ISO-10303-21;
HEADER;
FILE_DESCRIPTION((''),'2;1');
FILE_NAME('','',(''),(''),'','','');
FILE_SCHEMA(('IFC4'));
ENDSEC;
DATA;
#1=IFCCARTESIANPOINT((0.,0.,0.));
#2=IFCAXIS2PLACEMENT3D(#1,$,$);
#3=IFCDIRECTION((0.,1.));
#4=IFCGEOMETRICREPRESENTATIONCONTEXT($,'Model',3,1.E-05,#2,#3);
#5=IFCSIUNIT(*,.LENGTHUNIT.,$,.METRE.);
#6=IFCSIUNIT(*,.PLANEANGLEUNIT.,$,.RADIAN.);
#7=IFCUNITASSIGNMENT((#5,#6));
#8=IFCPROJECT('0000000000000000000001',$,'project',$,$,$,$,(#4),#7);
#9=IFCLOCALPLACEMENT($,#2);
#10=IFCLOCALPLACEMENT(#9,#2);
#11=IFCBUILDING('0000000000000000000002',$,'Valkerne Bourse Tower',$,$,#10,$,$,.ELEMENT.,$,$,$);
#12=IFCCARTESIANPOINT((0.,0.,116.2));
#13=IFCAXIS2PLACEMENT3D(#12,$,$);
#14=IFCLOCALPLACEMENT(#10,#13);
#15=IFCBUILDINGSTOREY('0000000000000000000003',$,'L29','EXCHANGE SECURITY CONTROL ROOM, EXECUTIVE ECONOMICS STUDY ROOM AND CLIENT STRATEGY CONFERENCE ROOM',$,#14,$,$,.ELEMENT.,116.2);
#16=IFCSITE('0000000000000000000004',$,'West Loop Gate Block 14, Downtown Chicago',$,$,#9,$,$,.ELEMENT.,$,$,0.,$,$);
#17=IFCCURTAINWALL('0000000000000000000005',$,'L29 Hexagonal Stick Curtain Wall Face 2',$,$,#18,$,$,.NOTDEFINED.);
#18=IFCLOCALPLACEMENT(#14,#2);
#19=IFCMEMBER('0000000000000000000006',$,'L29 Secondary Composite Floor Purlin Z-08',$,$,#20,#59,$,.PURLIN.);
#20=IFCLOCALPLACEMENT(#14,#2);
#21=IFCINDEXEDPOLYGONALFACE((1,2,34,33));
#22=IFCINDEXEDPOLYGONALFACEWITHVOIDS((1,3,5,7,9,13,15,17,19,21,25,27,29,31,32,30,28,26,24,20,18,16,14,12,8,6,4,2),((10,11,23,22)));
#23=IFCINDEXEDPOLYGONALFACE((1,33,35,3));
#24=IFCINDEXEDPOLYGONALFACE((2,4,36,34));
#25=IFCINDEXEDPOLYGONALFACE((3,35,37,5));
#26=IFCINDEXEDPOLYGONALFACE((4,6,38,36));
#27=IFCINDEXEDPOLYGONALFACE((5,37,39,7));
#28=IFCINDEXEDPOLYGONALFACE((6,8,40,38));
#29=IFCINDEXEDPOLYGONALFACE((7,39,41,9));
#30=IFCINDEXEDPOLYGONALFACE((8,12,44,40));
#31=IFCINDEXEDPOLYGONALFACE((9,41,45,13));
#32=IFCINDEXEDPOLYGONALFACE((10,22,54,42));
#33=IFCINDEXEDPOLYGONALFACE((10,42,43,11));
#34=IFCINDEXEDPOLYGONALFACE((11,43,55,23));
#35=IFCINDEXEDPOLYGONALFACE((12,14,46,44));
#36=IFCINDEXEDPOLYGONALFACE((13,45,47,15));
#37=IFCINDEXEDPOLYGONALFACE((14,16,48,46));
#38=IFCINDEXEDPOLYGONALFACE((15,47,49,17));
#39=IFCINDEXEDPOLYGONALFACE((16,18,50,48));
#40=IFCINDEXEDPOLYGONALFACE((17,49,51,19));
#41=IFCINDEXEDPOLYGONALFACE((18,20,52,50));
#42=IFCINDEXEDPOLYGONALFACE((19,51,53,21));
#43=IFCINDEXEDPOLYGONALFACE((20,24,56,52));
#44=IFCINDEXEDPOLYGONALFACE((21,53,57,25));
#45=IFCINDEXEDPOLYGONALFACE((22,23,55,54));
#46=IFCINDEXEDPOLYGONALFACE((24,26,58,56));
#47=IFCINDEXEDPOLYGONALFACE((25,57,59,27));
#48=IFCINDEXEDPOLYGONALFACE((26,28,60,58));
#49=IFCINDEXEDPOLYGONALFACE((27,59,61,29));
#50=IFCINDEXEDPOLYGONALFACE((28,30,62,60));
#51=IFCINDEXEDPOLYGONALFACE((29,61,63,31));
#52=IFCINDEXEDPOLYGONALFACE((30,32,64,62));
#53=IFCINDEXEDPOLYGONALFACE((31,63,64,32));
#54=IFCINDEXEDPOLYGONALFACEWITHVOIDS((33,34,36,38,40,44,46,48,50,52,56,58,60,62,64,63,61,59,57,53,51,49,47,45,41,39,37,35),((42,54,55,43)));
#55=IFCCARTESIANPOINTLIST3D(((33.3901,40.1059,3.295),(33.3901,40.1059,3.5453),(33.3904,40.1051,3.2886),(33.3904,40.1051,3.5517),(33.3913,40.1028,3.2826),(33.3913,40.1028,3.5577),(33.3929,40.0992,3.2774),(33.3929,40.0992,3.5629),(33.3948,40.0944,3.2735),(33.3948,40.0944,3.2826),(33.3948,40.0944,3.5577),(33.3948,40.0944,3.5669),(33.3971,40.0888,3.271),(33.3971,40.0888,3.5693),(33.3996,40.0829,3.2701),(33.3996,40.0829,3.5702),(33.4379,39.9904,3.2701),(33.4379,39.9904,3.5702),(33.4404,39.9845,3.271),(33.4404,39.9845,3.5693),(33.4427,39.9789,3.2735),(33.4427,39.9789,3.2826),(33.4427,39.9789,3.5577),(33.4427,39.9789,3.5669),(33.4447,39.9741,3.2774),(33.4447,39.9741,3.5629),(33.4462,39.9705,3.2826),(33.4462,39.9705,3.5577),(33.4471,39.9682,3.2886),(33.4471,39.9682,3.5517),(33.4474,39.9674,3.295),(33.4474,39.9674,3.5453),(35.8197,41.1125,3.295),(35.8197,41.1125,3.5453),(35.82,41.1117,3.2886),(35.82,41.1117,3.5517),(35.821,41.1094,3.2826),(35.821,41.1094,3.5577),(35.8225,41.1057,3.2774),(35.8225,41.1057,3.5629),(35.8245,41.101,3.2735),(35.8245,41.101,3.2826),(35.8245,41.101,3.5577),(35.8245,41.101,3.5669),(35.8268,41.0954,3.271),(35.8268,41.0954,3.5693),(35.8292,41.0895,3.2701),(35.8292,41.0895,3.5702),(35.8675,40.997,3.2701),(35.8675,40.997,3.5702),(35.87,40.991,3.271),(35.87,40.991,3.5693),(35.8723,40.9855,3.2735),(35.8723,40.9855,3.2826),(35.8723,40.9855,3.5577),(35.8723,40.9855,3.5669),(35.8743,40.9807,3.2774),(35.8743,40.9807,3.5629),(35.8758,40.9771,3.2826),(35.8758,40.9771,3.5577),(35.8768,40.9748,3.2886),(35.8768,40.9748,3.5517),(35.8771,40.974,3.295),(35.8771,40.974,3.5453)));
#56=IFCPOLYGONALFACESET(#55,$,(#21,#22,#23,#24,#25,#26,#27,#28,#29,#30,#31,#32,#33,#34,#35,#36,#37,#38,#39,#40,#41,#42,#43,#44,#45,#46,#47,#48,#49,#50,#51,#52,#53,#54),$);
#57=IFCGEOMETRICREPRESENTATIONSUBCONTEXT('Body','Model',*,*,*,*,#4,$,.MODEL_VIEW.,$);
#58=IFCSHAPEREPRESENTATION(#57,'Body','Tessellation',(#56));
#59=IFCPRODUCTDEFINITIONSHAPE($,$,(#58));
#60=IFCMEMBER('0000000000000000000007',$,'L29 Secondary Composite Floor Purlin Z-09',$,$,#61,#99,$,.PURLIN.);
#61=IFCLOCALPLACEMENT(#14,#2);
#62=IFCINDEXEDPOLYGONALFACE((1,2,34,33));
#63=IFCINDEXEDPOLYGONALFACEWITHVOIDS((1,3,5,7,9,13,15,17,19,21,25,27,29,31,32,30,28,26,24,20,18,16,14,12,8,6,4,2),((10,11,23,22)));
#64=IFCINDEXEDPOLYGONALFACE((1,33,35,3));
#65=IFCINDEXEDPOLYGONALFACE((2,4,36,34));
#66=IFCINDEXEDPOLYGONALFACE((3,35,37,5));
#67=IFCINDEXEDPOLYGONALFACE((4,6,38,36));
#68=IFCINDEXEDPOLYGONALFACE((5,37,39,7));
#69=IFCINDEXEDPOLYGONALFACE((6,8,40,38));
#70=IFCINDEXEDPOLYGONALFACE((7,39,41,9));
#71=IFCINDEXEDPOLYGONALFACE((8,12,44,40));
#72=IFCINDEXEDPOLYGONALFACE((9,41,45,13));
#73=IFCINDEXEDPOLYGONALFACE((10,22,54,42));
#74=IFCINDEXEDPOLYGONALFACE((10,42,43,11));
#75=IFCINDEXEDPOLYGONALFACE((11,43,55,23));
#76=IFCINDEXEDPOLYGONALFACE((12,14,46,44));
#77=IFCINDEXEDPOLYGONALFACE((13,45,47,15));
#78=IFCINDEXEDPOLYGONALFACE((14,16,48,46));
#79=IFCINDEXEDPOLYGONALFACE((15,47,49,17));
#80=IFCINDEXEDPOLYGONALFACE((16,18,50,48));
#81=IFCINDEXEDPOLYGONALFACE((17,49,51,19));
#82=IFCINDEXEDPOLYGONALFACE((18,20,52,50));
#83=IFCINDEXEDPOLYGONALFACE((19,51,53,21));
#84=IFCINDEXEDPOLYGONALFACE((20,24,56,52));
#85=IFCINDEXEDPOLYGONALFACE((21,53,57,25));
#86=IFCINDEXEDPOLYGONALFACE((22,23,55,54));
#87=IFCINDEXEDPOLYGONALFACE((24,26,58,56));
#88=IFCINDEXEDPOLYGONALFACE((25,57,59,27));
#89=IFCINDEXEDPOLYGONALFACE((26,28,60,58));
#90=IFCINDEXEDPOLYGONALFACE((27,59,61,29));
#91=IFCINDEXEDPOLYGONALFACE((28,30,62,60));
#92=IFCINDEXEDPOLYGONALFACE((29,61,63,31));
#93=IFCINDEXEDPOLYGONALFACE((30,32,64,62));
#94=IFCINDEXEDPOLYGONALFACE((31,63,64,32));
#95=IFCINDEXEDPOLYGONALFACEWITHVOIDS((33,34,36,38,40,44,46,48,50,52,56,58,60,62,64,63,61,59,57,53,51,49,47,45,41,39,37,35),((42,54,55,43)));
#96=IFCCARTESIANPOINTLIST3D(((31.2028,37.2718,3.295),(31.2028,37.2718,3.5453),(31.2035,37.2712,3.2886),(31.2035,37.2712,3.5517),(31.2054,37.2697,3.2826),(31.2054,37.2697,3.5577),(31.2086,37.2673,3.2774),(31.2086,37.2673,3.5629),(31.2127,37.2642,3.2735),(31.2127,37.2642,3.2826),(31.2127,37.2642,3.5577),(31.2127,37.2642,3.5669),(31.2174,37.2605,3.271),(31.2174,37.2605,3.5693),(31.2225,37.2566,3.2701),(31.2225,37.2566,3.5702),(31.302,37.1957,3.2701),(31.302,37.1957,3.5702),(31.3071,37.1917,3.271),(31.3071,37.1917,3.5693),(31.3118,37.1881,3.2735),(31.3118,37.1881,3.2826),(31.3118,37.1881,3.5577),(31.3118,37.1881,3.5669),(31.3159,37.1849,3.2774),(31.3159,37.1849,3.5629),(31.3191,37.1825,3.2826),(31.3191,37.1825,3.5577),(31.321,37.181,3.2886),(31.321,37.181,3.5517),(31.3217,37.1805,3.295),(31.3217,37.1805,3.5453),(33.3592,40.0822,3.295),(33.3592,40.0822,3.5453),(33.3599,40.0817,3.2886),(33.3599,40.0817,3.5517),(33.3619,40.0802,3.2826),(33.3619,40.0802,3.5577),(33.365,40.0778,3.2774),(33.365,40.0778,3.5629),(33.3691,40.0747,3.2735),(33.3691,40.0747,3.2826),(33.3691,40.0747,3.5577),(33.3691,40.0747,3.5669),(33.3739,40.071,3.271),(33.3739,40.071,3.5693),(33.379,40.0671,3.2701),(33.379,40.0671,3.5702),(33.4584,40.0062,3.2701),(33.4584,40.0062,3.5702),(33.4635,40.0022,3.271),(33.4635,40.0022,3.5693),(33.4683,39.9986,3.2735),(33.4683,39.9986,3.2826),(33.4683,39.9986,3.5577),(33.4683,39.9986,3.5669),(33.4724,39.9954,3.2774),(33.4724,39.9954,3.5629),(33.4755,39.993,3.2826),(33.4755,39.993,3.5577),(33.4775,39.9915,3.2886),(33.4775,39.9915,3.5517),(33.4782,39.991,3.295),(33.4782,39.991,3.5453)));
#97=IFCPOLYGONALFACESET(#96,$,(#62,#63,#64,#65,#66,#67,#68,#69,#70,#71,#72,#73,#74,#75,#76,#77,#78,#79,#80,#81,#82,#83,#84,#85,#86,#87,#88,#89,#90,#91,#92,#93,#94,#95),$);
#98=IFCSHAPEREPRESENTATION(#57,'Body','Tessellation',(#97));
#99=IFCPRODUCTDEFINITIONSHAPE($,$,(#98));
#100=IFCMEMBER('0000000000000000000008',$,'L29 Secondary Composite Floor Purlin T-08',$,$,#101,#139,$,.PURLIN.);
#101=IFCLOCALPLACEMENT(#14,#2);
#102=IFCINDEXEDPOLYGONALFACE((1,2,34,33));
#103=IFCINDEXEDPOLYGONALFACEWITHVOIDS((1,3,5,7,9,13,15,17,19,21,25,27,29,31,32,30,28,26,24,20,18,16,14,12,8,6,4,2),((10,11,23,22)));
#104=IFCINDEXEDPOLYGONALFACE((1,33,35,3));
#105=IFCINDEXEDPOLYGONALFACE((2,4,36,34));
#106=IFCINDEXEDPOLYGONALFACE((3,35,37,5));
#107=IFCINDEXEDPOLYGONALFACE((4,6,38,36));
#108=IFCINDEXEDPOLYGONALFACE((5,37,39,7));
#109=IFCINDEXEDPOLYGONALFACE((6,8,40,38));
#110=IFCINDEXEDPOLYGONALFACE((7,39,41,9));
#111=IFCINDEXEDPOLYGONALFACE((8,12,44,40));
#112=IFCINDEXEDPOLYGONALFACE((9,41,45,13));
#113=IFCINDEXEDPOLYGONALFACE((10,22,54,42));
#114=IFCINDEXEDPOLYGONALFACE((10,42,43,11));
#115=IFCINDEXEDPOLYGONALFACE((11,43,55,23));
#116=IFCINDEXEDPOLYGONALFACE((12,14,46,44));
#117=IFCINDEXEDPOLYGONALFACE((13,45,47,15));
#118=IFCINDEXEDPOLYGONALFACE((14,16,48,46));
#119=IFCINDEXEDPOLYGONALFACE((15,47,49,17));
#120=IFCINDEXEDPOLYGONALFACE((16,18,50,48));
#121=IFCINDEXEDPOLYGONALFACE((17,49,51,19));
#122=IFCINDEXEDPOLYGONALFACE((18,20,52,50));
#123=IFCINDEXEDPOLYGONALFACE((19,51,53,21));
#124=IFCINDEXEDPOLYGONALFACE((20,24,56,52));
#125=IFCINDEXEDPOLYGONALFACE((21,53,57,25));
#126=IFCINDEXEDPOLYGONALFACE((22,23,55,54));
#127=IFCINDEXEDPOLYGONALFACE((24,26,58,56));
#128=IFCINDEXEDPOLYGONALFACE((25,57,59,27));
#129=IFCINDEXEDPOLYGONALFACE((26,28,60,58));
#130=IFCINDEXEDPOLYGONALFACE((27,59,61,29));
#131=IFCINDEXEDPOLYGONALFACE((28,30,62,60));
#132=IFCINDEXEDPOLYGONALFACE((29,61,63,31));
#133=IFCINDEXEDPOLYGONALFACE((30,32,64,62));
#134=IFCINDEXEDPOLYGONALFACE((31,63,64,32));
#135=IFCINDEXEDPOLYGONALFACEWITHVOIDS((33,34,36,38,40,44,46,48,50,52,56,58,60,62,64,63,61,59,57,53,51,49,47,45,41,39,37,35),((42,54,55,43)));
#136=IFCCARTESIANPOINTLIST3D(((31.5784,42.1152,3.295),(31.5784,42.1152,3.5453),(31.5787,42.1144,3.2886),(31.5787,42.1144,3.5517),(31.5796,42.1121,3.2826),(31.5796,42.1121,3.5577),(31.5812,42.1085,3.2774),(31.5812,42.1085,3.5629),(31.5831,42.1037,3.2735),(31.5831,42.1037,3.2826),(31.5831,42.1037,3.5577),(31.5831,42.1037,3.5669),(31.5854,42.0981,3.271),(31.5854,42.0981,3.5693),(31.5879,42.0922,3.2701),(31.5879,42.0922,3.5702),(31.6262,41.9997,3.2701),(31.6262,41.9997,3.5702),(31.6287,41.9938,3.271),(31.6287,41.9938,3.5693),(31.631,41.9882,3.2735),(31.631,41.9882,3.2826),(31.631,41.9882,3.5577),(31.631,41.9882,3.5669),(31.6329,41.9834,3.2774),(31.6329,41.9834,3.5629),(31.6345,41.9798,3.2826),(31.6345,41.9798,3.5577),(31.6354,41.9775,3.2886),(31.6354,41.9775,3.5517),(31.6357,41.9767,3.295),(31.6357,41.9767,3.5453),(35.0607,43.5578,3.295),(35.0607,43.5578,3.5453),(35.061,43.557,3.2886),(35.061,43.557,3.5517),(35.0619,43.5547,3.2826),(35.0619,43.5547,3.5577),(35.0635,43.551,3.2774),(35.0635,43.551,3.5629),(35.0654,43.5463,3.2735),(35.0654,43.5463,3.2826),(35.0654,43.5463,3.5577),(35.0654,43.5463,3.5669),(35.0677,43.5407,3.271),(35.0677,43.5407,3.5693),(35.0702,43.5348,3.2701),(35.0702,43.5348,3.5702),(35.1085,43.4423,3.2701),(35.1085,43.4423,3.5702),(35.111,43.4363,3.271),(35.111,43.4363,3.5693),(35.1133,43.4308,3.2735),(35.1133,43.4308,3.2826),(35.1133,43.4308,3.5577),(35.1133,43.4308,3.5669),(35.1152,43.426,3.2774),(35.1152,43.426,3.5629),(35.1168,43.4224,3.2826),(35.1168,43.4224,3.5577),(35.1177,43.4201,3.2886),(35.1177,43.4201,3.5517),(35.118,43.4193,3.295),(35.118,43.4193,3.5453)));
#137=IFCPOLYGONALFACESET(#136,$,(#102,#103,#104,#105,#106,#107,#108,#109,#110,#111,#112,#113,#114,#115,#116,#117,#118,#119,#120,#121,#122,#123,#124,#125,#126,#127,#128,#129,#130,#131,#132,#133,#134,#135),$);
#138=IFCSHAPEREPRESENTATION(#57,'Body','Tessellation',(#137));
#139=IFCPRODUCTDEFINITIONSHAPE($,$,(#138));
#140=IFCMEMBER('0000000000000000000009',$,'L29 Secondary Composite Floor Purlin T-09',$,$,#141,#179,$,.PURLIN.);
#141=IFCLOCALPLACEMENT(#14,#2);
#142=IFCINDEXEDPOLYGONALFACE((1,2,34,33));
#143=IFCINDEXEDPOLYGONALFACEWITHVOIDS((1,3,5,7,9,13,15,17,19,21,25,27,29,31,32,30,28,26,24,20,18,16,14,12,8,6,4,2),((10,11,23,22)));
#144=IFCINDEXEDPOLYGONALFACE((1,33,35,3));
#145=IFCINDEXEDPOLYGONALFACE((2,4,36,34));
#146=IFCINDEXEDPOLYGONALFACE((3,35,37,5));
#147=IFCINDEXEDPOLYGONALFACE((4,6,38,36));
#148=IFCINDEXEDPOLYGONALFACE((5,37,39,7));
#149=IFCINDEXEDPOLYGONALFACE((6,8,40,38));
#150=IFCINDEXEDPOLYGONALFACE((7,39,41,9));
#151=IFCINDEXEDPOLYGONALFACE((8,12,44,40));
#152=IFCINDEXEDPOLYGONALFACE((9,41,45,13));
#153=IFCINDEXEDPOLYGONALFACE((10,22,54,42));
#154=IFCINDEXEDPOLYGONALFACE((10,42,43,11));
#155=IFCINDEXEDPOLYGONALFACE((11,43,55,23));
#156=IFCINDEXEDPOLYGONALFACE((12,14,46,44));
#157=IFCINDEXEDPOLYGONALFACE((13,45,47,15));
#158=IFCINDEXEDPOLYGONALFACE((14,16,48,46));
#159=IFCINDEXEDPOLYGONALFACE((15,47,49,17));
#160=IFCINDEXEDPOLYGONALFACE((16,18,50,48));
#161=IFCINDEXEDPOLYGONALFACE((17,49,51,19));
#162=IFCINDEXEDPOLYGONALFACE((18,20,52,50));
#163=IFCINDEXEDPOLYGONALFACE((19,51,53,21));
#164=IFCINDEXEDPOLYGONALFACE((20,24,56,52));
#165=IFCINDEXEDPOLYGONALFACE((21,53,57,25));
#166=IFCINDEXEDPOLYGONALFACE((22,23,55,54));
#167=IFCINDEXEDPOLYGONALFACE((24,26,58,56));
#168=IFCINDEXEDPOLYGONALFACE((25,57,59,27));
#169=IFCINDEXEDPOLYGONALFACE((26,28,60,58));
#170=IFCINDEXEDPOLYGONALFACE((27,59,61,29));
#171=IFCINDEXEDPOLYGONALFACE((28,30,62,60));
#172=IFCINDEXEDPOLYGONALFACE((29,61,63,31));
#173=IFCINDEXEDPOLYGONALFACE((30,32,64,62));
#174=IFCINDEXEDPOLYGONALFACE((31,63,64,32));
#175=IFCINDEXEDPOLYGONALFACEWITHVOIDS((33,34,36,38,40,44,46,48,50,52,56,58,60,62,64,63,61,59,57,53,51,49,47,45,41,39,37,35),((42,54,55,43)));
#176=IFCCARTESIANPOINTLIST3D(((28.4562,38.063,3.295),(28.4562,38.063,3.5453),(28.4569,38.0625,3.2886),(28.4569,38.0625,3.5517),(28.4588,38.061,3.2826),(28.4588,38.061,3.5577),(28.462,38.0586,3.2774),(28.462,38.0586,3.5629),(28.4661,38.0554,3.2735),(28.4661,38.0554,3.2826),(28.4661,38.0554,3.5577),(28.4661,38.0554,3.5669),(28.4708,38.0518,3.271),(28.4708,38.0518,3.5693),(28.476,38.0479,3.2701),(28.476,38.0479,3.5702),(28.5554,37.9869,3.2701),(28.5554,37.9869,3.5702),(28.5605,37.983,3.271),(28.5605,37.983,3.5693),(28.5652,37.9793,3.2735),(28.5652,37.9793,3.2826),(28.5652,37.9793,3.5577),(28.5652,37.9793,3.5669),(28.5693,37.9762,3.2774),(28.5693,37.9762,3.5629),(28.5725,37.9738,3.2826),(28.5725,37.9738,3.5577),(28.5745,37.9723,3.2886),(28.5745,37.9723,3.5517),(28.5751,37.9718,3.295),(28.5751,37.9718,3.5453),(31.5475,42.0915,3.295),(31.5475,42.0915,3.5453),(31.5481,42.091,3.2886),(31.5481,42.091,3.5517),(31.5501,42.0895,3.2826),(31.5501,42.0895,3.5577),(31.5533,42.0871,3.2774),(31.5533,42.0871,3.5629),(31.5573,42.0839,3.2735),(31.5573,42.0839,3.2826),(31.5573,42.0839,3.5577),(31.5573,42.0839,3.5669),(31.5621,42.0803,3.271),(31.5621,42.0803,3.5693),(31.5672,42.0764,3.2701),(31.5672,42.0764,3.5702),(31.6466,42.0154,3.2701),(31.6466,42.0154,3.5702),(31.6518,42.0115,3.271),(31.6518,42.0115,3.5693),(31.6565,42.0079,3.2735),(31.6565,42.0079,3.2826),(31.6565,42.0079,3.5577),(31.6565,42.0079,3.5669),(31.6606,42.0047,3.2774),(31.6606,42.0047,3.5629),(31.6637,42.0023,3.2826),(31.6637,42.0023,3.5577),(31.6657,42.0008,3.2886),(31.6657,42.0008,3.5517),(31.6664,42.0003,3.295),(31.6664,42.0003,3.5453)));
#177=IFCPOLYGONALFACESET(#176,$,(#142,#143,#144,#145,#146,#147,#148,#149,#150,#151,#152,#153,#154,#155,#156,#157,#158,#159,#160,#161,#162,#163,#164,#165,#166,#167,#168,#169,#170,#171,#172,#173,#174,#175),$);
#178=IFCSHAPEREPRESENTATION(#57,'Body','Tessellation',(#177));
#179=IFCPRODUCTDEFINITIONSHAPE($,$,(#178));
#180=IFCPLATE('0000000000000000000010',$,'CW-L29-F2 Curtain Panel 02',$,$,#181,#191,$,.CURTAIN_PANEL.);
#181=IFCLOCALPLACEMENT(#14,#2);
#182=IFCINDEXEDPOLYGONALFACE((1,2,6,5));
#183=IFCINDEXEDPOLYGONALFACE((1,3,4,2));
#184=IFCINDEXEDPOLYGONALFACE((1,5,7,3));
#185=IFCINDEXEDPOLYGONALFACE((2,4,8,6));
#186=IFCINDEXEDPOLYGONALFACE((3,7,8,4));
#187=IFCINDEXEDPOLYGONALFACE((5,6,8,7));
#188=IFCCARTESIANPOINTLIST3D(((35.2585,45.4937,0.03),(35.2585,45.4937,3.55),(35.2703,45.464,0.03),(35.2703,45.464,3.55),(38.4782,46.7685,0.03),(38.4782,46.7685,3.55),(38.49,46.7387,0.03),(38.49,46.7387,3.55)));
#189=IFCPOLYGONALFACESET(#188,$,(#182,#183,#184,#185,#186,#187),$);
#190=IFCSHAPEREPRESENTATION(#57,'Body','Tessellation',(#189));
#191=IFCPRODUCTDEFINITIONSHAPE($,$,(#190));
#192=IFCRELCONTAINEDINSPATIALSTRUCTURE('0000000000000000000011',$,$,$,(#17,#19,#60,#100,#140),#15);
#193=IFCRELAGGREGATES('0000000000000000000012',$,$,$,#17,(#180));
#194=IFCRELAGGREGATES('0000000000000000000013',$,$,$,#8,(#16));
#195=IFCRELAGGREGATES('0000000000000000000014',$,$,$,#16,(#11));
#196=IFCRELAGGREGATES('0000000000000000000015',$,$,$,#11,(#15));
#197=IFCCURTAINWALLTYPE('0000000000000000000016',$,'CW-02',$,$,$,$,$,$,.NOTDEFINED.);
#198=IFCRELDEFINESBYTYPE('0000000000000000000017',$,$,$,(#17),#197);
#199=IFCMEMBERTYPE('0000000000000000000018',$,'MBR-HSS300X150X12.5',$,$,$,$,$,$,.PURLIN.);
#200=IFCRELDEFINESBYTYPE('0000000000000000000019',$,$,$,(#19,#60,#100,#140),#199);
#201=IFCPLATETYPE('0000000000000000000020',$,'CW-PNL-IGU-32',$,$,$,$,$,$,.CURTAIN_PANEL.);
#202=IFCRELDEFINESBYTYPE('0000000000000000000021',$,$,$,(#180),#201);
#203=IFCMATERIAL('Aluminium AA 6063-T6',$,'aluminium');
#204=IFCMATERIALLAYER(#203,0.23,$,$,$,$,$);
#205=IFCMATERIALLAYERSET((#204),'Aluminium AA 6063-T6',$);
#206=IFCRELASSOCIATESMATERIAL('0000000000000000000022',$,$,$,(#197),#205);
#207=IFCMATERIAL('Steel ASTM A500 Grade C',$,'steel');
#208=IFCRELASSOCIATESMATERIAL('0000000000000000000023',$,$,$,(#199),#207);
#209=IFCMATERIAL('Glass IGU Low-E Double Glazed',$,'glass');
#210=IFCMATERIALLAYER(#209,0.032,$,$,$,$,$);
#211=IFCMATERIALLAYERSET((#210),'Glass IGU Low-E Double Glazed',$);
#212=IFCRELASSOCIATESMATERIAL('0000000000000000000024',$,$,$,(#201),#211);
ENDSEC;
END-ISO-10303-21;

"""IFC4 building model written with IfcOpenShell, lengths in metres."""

from ifc_helpers import new_model, si_unit, direction, frame, origin, origin_2d, place, context, subcontext, project, spatial, rectangle, hollow_rectangle, extrude, material, layer, layer_set, material_profile, profile_set, type_object, element, aggregate, save


model = new_model("IFC4")

# Units and contexts
model_context = context("Model", 3, precision=1e-05, world=origin(), true_north=direction((0.0, 1.0)))
body_context = subcontext(model_context, "Body", "Model", "MODEL_VIEW")
ifc_project = project(units=[si_unit("LENGTHUNIT", "METRE"), si_unit("PLANEANGLEUNIT", "RADIAN")], contexts=[model_context])

# Site, building, storey
site_placement = place(None, origin())
site = spatial("IfcSite", under=ifc_project, at=site_placement, Name="West Loop Gate Block 14, Downtown Chicago", CompositionType="ELEMENT", RefElevation=0.0)
building_placement = place(site_placement, origin())
building = spatial("IfcBuilding", under=site, at=building_placement, Name="Valkerne Bourse Tower", CompositionType="ELEMENT")
storey_placement = place(building_placement, frame((0.0, 0.0, 116.2)))
storey = spatial("IfcBuildingStorey", under=building, at=storey_placement, Name="L29", Description="EXCHANGE SECURITY CONTROL ROOM, EXECUTIVE ECONOMICS STUDY ROOM AND CLIENT STRATEGY CONFERENCE ROOM", CompositionType="ELEMENT", Elevation=116.2)

# Curtain wall
ifc_material_1 = material(Name="Aluminium AA 6063-T6", Category="aluminium")
ifc_layer_1 = layer(ifc_material_1, 0.23)
ifc_layer_set_1 = layer_set([ifc_layer_1], Name="Aluminium AA 6063-T6")
curtain_wall_type = type_object("IfcCurtainWallType", Name="CW-02", PredefinedType="NOTDEFINED", material=ifc_layer_set_1)
curtain_wall_1_placement = place(storey_placement, origin())
curtain_wall_1 = element("IfcCurtainWall", 1, at=curtain_wall_1_placement, inside=storey, type_object=curtain_wall_type, Name="L29 Hexagonal Stick Curtain Wall Face 2", PredefinedType="NOTDEFINED")

# Members
ifc_material_2 = material(Name="Steel ASTM A500 Grade C", Category="steel")
ifc_material_profile_1 = material_profile(ifc_material_2, hollow_rectangle(XDim=0.1499, YDim=0.3, WallThickness=0.0125, OuterFilletRadius=0.0249, at=origin_2d()), Name="HSS300X150X12.5")
ifc_profile_set_1 = profile_set([ifc_material_profile_1], Name="Steel ASTM A500 Grade C")
member_type_1 = type_object("IfcMemberType", Name="MBR-HSS300X150X12.5", PredefinedType="PURLIN", material=ifc_profile_set_1)
member_1_placement = place(storey_placement, frame((35.8484, 41.0432, 3.4202), z_axis=(-0.923855, -0.382743, 0.0), x_axis=(0.382743, -0.923855, 0.0)))
element("IfcMember", 2, at=member_1_placement, inside=storey, type_object=member_type_1, Name="L29 Secondary Composite Floor Purlin Z-08", PredefinedType="PURLIN", context=body_context, shape_type="SweptSolid", body=[
    extrude(hollow_rectangle(XDim=0.1499, YDim=0.3, WallThickness=0.0125, OuterFilletRadius=0.0249, at=origin_2d()), origin(), (0.0, 0.0, 1.0), 2.6299),
])
member_2_placement = place(storey_placement, frame((33.4187, 40.0366, 3.4202), z_axis=(-0.608741, -0.793369, 0.0), x_axis=(0.793369, -0.608741, 0.0)))
element("IfcMember", 3, at=member_2_placement, inside=storey, type_object=member_type_1, Name="L29 Secondary Composite Floor Purlin Z-09", PredefinedType="PURLIN", context=body_context, shape_type="SweptSolid", body=[
    extrude(hollow_rectangle(XDim=0.1499, YDim=0.3, WallThickness=0.0125, OuterFilletRadius=0.0249, at=origin_2d()), origin(), (0.0, 0.0, 1.0), 3.5425),
])
member_3_placement = place(storey_placement, frame((35.0894, 43.4885, 3.4202), z_axis=(-0.923864, -0.38272, 0.0), x_axis=(0.38272, -0.923864, 0.0)))
element("IfcMember", 4, at=member_3_placement, inside=storey, type_object=member_type_1, Name="L29 Secondary Composite Floor Purlin T-08", PredefinedType="PURLIN", context=body_context, shape_type="SweptSolid", body=[
    extrude(hollow_rectangle(XDim=0.1499, YDim=0.3, WallThickness=0.0125, OuterFilletRadius=0.0249, at=origin_2d()), origin(), (0.0, 0.0, 1.0), 3.7693),
])
member_4_placement = place(storey_placement, frame((31.6069, 42.0459, 3.4202), z_axis=(-0.608772, -0.793346, 0.0), x_axis=(0.793346, -0.608772, 0.0)))
element("IfcMember", 5, at=member_4_placement, inside=storey, type_object=member_type_1, Name="L29 Secondary Composite Floor Purlin T-09", PredefinedType="PURLIN", context=body_context, shape_type="SweptSolid", body=[
    extrude(hollow_rectangle(XDim=0.1499, YDim=0.3, WallThickness=0.0125, OuterFilletRadius=0.0249, at=origin_2d()), origin(), (0.0, 0.0, 1.0), 5.0779),
])

# Plate
ifc_material_3 = material(Name="Glass IGU Low-E Double Glazed", Category="glass")
ifc_layer_2 = layer(ifc_material_3, 0.032)
ifc_layer_set_2 = layer_set([ifc_layer_2], Name="Glass IGU Low-E Double Glazed")
plate_type = type_object("IfcPlateType", Name="CW-PNL-IGU-32", PredefinedType="CURTAIN_PANEL", material=ifc_layer_set_2)
plate_1_placement = place(storey_placement, frame((36.8743, 46.1162, 0.03), z_axis=(0.0, 0.0, 1.0), x_axis=(-0.929775, -0.368127, 0.0)))
plate_1 = element("IfcPlate", 6, at=plate_1_placement, type_object=plate_type, Name="CW-L29-F2 Curtain Panel 02", PredefinedType="CURTAIN_PANEL", context=body_context, shape_type="SweptSolid", body=[
    extrude(rectangle(XDim=3.4629, YDim=0.032, at=origin_2d()), origin(), (0.0, 0.0, 1.0), 3.52),
])
aggregate(curtain_wall_1, [plate_1])

save(model, "model.ifc")
